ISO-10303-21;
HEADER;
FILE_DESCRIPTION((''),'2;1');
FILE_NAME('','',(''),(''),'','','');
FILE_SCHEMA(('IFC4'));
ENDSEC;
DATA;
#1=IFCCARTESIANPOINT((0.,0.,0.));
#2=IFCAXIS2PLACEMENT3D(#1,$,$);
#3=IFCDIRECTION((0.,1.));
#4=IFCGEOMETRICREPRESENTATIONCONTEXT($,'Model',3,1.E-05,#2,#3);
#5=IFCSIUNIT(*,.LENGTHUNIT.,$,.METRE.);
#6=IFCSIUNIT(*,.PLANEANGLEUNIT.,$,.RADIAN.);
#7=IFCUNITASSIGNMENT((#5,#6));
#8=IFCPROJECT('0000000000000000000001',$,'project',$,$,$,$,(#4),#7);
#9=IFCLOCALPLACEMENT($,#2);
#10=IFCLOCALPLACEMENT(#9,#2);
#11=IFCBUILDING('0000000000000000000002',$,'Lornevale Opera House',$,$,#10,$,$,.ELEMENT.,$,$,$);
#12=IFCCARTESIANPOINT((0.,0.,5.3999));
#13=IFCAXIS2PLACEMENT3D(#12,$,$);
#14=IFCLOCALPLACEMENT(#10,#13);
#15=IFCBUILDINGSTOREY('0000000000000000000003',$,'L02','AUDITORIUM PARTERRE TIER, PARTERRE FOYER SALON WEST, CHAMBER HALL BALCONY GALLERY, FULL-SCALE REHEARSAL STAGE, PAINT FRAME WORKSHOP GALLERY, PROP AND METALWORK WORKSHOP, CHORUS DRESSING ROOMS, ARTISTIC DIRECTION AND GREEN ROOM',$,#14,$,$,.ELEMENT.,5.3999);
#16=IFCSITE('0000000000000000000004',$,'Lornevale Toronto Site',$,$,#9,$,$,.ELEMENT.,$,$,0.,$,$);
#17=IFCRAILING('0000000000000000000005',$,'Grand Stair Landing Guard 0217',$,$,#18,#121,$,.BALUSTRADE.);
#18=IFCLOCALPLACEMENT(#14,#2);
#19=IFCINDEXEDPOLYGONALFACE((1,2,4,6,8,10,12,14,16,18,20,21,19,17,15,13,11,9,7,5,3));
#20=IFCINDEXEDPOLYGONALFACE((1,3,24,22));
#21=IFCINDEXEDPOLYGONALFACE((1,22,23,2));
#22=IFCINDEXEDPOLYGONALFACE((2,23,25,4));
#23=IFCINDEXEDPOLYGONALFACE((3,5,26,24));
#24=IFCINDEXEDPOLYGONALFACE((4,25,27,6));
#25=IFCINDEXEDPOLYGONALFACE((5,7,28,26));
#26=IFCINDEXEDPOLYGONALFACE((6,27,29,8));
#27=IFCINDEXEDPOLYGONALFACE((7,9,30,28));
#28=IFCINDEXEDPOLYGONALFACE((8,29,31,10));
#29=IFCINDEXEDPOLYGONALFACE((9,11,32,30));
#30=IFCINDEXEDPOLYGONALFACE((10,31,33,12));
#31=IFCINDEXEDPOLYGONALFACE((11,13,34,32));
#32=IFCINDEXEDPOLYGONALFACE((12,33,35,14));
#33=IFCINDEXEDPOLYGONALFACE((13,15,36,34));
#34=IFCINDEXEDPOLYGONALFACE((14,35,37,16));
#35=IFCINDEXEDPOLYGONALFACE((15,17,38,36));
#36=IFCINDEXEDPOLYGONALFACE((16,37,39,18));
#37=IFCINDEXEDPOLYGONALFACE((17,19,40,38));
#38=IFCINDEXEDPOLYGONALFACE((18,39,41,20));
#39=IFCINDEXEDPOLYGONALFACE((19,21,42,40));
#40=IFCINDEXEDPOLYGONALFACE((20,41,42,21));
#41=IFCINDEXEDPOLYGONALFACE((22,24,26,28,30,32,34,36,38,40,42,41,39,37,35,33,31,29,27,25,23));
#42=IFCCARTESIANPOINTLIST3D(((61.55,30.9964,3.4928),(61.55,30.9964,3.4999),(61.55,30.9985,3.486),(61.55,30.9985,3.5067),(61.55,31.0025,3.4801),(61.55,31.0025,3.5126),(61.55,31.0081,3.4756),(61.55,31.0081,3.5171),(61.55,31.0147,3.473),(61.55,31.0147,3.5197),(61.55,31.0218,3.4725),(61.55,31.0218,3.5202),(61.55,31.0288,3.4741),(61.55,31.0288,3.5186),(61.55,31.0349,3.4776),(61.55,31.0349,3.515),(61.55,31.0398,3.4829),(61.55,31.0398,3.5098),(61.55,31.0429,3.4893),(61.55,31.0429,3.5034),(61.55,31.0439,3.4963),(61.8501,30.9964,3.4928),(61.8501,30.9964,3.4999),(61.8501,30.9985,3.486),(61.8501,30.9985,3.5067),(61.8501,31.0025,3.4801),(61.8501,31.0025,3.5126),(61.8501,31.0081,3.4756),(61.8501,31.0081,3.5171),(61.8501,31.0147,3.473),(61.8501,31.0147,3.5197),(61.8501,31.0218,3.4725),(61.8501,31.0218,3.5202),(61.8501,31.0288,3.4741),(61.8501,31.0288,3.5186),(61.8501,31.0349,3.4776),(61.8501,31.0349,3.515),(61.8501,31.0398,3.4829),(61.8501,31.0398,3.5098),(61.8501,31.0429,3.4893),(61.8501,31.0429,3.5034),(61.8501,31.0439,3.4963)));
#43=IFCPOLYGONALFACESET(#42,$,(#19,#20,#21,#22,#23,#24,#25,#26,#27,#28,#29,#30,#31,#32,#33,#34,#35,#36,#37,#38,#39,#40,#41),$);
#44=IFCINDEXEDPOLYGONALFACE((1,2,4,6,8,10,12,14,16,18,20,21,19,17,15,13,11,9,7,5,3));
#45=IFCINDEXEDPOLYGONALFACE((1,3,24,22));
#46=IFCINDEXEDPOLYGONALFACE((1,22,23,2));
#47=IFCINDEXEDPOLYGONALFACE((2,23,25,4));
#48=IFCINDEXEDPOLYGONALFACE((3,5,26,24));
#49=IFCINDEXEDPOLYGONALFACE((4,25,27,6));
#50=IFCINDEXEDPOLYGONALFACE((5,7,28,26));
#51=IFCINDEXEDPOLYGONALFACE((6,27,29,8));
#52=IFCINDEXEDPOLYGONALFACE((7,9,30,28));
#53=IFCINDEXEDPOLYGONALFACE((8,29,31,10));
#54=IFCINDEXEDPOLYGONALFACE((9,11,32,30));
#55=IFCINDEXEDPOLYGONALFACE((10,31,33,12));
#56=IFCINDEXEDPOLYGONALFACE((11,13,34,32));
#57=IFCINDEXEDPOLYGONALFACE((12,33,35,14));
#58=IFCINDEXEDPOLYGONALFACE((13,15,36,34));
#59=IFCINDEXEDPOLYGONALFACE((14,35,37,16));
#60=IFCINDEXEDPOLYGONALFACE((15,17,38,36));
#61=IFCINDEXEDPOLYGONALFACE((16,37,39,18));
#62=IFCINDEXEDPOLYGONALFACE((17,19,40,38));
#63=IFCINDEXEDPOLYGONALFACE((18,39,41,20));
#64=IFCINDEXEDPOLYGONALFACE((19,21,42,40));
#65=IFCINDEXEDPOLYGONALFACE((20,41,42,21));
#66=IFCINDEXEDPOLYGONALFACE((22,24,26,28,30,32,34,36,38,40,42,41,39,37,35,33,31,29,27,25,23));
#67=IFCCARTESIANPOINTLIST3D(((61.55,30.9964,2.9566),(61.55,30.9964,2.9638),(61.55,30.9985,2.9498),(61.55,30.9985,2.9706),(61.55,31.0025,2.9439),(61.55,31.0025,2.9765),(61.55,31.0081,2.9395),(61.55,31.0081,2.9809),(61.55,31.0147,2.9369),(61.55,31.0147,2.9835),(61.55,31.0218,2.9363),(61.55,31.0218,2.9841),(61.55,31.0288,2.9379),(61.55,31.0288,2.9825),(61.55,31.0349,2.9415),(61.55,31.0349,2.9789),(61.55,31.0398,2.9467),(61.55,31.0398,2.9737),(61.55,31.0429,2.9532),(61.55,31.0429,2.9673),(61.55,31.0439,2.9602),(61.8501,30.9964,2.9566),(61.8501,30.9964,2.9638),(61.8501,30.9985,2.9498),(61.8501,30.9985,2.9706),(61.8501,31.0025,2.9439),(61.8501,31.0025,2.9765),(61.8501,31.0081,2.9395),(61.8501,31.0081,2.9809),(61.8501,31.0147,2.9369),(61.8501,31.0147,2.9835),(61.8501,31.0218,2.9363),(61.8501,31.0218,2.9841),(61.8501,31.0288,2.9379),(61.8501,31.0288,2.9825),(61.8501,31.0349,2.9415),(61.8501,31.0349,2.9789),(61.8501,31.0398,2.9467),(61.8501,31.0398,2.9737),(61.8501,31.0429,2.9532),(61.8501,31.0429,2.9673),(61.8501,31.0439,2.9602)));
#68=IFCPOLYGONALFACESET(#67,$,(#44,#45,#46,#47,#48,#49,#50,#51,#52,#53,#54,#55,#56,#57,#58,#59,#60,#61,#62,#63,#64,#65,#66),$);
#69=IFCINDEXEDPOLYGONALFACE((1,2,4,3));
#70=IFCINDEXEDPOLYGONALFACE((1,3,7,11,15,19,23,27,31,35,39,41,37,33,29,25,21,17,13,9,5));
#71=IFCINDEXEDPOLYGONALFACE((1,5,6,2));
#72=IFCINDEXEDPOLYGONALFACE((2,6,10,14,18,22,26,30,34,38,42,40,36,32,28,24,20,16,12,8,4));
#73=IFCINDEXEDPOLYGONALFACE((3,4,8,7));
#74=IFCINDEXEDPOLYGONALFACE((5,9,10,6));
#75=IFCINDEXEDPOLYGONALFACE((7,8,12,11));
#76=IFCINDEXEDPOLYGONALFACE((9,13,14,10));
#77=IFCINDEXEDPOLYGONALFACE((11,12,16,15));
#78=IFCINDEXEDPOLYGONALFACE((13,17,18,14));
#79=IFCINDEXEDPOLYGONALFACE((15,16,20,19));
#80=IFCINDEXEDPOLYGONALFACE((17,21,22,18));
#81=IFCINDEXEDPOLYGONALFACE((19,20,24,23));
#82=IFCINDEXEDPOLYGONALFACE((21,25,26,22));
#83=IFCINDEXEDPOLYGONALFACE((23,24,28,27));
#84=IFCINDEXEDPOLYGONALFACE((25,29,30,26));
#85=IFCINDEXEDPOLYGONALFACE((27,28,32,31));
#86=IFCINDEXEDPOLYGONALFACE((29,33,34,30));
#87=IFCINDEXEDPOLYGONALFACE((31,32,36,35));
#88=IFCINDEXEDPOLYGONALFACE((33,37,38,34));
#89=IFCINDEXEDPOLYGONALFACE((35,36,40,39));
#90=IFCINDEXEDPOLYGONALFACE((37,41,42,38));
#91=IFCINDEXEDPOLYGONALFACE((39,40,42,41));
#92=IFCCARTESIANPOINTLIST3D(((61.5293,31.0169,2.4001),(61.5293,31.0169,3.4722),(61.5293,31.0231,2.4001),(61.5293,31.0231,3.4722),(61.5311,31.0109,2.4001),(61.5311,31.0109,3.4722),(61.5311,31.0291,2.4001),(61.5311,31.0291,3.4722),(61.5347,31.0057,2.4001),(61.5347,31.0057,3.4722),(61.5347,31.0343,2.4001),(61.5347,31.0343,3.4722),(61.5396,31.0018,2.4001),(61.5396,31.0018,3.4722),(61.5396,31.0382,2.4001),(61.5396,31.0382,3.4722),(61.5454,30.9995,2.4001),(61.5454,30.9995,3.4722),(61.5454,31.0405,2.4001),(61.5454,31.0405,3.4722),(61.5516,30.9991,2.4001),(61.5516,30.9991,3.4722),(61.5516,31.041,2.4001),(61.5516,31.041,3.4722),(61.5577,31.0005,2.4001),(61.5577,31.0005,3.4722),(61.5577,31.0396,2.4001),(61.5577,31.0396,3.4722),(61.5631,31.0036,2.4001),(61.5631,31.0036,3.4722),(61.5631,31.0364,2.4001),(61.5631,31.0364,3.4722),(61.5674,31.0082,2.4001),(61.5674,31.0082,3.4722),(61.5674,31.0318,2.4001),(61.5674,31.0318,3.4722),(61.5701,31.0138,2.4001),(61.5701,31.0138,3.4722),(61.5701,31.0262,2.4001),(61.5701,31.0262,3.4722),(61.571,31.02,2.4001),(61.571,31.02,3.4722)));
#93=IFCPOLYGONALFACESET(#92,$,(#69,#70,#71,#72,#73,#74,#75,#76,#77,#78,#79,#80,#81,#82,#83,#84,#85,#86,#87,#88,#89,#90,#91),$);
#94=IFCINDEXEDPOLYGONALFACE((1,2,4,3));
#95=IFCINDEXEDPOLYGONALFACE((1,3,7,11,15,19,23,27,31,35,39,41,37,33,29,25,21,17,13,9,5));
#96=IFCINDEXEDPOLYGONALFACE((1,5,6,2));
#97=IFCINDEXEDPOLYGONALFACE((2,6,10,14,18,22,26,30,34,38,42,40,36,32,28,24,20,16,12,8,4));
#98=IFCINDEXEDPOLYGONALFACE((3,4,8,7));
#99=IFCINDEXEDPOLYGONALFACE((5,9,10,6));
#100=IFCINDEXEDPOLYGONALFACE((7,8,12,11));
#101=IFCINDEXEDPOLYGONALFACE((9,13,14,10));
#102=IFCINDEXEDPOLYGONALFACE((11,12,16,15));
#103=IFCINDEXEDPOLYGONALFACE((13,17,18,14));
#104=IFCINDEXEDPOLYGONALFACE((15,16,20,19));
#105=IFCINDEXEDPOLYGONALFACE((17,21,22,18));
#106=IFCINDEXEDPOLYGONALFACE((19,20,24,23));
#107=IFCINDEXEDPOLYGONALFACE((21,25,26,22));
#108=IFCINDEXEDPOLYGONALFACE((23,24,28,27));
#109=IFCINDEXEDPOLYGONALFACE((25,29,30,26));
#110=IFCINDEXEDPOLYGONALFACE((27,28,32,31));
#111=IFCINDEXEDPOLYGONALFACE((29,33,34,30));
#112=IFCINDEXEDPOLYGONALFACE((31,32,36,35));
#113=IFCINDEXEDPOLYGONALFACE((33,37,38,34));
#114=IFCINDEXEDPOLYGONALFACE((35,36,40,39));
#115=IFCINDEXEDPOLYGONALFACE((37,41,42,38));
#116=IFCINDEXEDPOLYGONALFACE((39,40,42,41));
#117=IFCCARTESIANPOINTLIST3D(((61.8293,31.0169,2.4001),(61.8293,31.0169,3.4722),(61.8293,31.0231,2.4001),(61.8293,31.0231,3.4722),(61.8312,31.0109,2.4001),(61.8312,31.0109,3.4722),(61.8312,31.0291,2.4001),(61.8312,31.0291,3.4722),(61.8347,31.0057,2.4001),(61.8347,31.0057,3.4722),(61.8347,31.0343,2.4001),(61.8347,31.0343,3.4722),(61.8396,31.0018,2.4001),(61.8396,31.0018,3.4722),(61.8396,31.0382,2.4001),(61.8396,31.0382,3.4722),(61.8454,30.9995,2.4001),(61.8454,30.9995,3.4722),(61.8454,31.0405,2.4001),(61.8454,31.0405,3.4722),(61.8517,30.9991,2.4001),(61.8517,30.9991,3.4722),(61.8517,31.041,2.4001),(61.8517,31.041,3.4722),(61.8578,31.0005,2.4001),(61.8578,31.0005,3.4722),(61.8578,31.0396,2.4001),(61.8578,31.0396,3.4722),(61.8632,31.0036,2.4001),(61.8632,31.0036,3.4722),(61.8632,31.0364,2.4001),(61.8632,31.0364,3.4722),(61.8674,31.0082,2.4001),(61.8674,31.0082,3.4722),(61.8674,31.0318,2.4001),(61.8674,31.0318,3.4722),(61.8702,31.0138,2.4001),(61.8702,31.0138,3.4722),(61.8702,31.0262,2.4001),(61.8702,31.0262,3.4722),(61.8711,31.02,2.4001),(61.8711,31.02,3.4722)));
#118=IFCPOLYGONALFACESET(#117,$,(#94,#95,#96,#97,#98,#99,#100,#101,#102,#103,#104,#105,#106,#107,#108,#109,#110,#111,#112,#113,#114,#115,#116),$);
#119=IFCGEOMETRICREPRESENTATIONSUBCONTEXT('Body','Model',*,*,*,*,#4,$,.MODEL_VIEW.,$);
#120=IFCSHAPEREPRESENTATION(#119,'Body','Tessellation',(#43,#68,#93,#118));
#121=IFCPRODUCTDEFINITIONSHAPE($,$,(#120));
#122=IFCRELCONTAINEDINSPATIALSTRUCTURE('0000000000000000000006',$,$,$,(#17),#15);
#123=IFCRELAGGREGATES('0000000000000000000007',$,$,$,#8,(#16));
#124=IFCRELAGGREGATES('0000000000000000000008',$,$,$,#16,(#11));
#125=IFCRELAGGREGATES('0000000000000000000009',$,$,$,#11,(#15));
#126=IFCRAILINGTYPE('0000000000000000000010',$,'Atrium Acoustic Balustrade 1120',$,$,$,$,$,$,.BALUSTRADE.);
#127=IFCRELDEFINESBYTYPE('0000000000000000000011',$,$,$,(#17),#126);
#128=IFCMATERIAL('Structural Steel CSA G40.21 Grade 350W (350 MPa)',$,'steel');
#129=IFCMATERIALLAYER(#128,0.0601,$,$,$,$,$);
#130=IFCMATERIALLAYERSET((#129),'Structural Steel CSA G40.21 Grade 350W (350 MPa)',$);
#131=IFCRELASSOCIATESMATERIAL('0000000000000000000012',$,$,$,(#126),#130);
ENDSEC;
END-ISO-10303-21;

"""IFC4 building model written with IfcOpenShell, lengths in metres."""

from ifc_helpers import new_model, si_unit, direction, frame, origin, origin_2d, place, context, subcontext, project, spatial, circle, extrude, material, layer, layer_set, type_object, element, save


model = new_model("IFC4")

# Units and contexts
model_context = context("Model", 3, precision=1e-05, world=origin(), true_north=direction((0.0, 1.0)))
body_context = subcontext(model_context, "Body", "Model", "MODEL_VIEW")
ifc_project = project(units=[si_unit("LENGTHUNIT", "METRE"), si_unit("PLANEANGLEUNIT", "RADIAN")], contexts=[model_context])

# Site, building, storey
site_placement = place(None, origin())
site = spatial("IfcSite", under=ifc_project, at=site_placement, Name="Lornevale Toronto Site", CompositionType="ELEMENT", RefElevation=0.0)
building_placement = place(site_placement, origin())
building = spatial("IfcBuilding", under=site, at=building_placement, Name="Lornevale Opera House", CompositionType="ELEMENT")
storey_placement = place(building_placement, frame((0.0, 0.0, 5.3999)))
storey = spatial("IfcBuildingStorey", under=building, at=storey_placement, Name="L02", Description="AUDITORIUM PARTERRE TIER, PARTERRE FOYER SALON WEST, CHAMBER HALL BALCONY GALLERY, FULL-SCALE REHEARSAL STAGE, PAINT FRAME WORKSHOP GALLERY, PROP AND METALWORK WORKSHOP, CHORUS DRESSING ROOMS, ARTISTIC DIRECTION AND GREEN ROOM", CompositionType="ELEMENT", Elevation=5.3999)

# Shared definitions
ifc_material_1 = material(Name="Structural Steel CSA G40.21 Grade 350W (350 MPa)", Category="steel")

# Railing
ifc_layer_1 = layer(ifc_material_1, 0.0601)
ifc_layer_set_1 = layer_set([ifc_layer_1], Name="Structural Steel CSA G40.21 Grade 350W (350 MPa)")
railing_type_1 = type_object("IfcRailingType", Name="Atrium Acoustic Balustrade 1120", PredefinedType="BALUSTRADE", material=ifc_layer_set_1)
railing_1_placement = place(storey_placement, frame((61.55, 31.02, 2.4001)))
element("IfcRailing", 1, at=railing_1_placement, inside=storey, type_object=railing_type_1, Name="Grand Stair Landing Guard 0217", PredefinedType="BALUSTRADE", context=body_context, shape_type="SweptSolid", body=[
    extrude(circle(Radius=0.0239, at=origin_2d()), frame((0.0, 0.0, 1.0962), z_axis=(1.0, 0.0, 0.0), x_axis=(0.0, 1.0, 0.0)), (0.0, 0.0, 1.0), 0.3),
    extrude(circle(Radius=0.0239, at=origin_2d()), frame((0.0, 0.0, 0.5601), z_axis=(1.0, 0.0, 0.0), x_axis=(0.0, 1.0, 0.0)), (0.0, 0.0, 1.0), 0.3),
    extrude(circle(Radius=0.021, at=origin_2d()), origin(), (0.0, 0.0, 1.0), 1.072),
    extrude(circle(Radius=0.021, at=origin_2d()), frame((0.3, 0.0, 0.0)), (0.0, 0.0, 1.0), 1.072),
])

save(model, "model.ifc")
